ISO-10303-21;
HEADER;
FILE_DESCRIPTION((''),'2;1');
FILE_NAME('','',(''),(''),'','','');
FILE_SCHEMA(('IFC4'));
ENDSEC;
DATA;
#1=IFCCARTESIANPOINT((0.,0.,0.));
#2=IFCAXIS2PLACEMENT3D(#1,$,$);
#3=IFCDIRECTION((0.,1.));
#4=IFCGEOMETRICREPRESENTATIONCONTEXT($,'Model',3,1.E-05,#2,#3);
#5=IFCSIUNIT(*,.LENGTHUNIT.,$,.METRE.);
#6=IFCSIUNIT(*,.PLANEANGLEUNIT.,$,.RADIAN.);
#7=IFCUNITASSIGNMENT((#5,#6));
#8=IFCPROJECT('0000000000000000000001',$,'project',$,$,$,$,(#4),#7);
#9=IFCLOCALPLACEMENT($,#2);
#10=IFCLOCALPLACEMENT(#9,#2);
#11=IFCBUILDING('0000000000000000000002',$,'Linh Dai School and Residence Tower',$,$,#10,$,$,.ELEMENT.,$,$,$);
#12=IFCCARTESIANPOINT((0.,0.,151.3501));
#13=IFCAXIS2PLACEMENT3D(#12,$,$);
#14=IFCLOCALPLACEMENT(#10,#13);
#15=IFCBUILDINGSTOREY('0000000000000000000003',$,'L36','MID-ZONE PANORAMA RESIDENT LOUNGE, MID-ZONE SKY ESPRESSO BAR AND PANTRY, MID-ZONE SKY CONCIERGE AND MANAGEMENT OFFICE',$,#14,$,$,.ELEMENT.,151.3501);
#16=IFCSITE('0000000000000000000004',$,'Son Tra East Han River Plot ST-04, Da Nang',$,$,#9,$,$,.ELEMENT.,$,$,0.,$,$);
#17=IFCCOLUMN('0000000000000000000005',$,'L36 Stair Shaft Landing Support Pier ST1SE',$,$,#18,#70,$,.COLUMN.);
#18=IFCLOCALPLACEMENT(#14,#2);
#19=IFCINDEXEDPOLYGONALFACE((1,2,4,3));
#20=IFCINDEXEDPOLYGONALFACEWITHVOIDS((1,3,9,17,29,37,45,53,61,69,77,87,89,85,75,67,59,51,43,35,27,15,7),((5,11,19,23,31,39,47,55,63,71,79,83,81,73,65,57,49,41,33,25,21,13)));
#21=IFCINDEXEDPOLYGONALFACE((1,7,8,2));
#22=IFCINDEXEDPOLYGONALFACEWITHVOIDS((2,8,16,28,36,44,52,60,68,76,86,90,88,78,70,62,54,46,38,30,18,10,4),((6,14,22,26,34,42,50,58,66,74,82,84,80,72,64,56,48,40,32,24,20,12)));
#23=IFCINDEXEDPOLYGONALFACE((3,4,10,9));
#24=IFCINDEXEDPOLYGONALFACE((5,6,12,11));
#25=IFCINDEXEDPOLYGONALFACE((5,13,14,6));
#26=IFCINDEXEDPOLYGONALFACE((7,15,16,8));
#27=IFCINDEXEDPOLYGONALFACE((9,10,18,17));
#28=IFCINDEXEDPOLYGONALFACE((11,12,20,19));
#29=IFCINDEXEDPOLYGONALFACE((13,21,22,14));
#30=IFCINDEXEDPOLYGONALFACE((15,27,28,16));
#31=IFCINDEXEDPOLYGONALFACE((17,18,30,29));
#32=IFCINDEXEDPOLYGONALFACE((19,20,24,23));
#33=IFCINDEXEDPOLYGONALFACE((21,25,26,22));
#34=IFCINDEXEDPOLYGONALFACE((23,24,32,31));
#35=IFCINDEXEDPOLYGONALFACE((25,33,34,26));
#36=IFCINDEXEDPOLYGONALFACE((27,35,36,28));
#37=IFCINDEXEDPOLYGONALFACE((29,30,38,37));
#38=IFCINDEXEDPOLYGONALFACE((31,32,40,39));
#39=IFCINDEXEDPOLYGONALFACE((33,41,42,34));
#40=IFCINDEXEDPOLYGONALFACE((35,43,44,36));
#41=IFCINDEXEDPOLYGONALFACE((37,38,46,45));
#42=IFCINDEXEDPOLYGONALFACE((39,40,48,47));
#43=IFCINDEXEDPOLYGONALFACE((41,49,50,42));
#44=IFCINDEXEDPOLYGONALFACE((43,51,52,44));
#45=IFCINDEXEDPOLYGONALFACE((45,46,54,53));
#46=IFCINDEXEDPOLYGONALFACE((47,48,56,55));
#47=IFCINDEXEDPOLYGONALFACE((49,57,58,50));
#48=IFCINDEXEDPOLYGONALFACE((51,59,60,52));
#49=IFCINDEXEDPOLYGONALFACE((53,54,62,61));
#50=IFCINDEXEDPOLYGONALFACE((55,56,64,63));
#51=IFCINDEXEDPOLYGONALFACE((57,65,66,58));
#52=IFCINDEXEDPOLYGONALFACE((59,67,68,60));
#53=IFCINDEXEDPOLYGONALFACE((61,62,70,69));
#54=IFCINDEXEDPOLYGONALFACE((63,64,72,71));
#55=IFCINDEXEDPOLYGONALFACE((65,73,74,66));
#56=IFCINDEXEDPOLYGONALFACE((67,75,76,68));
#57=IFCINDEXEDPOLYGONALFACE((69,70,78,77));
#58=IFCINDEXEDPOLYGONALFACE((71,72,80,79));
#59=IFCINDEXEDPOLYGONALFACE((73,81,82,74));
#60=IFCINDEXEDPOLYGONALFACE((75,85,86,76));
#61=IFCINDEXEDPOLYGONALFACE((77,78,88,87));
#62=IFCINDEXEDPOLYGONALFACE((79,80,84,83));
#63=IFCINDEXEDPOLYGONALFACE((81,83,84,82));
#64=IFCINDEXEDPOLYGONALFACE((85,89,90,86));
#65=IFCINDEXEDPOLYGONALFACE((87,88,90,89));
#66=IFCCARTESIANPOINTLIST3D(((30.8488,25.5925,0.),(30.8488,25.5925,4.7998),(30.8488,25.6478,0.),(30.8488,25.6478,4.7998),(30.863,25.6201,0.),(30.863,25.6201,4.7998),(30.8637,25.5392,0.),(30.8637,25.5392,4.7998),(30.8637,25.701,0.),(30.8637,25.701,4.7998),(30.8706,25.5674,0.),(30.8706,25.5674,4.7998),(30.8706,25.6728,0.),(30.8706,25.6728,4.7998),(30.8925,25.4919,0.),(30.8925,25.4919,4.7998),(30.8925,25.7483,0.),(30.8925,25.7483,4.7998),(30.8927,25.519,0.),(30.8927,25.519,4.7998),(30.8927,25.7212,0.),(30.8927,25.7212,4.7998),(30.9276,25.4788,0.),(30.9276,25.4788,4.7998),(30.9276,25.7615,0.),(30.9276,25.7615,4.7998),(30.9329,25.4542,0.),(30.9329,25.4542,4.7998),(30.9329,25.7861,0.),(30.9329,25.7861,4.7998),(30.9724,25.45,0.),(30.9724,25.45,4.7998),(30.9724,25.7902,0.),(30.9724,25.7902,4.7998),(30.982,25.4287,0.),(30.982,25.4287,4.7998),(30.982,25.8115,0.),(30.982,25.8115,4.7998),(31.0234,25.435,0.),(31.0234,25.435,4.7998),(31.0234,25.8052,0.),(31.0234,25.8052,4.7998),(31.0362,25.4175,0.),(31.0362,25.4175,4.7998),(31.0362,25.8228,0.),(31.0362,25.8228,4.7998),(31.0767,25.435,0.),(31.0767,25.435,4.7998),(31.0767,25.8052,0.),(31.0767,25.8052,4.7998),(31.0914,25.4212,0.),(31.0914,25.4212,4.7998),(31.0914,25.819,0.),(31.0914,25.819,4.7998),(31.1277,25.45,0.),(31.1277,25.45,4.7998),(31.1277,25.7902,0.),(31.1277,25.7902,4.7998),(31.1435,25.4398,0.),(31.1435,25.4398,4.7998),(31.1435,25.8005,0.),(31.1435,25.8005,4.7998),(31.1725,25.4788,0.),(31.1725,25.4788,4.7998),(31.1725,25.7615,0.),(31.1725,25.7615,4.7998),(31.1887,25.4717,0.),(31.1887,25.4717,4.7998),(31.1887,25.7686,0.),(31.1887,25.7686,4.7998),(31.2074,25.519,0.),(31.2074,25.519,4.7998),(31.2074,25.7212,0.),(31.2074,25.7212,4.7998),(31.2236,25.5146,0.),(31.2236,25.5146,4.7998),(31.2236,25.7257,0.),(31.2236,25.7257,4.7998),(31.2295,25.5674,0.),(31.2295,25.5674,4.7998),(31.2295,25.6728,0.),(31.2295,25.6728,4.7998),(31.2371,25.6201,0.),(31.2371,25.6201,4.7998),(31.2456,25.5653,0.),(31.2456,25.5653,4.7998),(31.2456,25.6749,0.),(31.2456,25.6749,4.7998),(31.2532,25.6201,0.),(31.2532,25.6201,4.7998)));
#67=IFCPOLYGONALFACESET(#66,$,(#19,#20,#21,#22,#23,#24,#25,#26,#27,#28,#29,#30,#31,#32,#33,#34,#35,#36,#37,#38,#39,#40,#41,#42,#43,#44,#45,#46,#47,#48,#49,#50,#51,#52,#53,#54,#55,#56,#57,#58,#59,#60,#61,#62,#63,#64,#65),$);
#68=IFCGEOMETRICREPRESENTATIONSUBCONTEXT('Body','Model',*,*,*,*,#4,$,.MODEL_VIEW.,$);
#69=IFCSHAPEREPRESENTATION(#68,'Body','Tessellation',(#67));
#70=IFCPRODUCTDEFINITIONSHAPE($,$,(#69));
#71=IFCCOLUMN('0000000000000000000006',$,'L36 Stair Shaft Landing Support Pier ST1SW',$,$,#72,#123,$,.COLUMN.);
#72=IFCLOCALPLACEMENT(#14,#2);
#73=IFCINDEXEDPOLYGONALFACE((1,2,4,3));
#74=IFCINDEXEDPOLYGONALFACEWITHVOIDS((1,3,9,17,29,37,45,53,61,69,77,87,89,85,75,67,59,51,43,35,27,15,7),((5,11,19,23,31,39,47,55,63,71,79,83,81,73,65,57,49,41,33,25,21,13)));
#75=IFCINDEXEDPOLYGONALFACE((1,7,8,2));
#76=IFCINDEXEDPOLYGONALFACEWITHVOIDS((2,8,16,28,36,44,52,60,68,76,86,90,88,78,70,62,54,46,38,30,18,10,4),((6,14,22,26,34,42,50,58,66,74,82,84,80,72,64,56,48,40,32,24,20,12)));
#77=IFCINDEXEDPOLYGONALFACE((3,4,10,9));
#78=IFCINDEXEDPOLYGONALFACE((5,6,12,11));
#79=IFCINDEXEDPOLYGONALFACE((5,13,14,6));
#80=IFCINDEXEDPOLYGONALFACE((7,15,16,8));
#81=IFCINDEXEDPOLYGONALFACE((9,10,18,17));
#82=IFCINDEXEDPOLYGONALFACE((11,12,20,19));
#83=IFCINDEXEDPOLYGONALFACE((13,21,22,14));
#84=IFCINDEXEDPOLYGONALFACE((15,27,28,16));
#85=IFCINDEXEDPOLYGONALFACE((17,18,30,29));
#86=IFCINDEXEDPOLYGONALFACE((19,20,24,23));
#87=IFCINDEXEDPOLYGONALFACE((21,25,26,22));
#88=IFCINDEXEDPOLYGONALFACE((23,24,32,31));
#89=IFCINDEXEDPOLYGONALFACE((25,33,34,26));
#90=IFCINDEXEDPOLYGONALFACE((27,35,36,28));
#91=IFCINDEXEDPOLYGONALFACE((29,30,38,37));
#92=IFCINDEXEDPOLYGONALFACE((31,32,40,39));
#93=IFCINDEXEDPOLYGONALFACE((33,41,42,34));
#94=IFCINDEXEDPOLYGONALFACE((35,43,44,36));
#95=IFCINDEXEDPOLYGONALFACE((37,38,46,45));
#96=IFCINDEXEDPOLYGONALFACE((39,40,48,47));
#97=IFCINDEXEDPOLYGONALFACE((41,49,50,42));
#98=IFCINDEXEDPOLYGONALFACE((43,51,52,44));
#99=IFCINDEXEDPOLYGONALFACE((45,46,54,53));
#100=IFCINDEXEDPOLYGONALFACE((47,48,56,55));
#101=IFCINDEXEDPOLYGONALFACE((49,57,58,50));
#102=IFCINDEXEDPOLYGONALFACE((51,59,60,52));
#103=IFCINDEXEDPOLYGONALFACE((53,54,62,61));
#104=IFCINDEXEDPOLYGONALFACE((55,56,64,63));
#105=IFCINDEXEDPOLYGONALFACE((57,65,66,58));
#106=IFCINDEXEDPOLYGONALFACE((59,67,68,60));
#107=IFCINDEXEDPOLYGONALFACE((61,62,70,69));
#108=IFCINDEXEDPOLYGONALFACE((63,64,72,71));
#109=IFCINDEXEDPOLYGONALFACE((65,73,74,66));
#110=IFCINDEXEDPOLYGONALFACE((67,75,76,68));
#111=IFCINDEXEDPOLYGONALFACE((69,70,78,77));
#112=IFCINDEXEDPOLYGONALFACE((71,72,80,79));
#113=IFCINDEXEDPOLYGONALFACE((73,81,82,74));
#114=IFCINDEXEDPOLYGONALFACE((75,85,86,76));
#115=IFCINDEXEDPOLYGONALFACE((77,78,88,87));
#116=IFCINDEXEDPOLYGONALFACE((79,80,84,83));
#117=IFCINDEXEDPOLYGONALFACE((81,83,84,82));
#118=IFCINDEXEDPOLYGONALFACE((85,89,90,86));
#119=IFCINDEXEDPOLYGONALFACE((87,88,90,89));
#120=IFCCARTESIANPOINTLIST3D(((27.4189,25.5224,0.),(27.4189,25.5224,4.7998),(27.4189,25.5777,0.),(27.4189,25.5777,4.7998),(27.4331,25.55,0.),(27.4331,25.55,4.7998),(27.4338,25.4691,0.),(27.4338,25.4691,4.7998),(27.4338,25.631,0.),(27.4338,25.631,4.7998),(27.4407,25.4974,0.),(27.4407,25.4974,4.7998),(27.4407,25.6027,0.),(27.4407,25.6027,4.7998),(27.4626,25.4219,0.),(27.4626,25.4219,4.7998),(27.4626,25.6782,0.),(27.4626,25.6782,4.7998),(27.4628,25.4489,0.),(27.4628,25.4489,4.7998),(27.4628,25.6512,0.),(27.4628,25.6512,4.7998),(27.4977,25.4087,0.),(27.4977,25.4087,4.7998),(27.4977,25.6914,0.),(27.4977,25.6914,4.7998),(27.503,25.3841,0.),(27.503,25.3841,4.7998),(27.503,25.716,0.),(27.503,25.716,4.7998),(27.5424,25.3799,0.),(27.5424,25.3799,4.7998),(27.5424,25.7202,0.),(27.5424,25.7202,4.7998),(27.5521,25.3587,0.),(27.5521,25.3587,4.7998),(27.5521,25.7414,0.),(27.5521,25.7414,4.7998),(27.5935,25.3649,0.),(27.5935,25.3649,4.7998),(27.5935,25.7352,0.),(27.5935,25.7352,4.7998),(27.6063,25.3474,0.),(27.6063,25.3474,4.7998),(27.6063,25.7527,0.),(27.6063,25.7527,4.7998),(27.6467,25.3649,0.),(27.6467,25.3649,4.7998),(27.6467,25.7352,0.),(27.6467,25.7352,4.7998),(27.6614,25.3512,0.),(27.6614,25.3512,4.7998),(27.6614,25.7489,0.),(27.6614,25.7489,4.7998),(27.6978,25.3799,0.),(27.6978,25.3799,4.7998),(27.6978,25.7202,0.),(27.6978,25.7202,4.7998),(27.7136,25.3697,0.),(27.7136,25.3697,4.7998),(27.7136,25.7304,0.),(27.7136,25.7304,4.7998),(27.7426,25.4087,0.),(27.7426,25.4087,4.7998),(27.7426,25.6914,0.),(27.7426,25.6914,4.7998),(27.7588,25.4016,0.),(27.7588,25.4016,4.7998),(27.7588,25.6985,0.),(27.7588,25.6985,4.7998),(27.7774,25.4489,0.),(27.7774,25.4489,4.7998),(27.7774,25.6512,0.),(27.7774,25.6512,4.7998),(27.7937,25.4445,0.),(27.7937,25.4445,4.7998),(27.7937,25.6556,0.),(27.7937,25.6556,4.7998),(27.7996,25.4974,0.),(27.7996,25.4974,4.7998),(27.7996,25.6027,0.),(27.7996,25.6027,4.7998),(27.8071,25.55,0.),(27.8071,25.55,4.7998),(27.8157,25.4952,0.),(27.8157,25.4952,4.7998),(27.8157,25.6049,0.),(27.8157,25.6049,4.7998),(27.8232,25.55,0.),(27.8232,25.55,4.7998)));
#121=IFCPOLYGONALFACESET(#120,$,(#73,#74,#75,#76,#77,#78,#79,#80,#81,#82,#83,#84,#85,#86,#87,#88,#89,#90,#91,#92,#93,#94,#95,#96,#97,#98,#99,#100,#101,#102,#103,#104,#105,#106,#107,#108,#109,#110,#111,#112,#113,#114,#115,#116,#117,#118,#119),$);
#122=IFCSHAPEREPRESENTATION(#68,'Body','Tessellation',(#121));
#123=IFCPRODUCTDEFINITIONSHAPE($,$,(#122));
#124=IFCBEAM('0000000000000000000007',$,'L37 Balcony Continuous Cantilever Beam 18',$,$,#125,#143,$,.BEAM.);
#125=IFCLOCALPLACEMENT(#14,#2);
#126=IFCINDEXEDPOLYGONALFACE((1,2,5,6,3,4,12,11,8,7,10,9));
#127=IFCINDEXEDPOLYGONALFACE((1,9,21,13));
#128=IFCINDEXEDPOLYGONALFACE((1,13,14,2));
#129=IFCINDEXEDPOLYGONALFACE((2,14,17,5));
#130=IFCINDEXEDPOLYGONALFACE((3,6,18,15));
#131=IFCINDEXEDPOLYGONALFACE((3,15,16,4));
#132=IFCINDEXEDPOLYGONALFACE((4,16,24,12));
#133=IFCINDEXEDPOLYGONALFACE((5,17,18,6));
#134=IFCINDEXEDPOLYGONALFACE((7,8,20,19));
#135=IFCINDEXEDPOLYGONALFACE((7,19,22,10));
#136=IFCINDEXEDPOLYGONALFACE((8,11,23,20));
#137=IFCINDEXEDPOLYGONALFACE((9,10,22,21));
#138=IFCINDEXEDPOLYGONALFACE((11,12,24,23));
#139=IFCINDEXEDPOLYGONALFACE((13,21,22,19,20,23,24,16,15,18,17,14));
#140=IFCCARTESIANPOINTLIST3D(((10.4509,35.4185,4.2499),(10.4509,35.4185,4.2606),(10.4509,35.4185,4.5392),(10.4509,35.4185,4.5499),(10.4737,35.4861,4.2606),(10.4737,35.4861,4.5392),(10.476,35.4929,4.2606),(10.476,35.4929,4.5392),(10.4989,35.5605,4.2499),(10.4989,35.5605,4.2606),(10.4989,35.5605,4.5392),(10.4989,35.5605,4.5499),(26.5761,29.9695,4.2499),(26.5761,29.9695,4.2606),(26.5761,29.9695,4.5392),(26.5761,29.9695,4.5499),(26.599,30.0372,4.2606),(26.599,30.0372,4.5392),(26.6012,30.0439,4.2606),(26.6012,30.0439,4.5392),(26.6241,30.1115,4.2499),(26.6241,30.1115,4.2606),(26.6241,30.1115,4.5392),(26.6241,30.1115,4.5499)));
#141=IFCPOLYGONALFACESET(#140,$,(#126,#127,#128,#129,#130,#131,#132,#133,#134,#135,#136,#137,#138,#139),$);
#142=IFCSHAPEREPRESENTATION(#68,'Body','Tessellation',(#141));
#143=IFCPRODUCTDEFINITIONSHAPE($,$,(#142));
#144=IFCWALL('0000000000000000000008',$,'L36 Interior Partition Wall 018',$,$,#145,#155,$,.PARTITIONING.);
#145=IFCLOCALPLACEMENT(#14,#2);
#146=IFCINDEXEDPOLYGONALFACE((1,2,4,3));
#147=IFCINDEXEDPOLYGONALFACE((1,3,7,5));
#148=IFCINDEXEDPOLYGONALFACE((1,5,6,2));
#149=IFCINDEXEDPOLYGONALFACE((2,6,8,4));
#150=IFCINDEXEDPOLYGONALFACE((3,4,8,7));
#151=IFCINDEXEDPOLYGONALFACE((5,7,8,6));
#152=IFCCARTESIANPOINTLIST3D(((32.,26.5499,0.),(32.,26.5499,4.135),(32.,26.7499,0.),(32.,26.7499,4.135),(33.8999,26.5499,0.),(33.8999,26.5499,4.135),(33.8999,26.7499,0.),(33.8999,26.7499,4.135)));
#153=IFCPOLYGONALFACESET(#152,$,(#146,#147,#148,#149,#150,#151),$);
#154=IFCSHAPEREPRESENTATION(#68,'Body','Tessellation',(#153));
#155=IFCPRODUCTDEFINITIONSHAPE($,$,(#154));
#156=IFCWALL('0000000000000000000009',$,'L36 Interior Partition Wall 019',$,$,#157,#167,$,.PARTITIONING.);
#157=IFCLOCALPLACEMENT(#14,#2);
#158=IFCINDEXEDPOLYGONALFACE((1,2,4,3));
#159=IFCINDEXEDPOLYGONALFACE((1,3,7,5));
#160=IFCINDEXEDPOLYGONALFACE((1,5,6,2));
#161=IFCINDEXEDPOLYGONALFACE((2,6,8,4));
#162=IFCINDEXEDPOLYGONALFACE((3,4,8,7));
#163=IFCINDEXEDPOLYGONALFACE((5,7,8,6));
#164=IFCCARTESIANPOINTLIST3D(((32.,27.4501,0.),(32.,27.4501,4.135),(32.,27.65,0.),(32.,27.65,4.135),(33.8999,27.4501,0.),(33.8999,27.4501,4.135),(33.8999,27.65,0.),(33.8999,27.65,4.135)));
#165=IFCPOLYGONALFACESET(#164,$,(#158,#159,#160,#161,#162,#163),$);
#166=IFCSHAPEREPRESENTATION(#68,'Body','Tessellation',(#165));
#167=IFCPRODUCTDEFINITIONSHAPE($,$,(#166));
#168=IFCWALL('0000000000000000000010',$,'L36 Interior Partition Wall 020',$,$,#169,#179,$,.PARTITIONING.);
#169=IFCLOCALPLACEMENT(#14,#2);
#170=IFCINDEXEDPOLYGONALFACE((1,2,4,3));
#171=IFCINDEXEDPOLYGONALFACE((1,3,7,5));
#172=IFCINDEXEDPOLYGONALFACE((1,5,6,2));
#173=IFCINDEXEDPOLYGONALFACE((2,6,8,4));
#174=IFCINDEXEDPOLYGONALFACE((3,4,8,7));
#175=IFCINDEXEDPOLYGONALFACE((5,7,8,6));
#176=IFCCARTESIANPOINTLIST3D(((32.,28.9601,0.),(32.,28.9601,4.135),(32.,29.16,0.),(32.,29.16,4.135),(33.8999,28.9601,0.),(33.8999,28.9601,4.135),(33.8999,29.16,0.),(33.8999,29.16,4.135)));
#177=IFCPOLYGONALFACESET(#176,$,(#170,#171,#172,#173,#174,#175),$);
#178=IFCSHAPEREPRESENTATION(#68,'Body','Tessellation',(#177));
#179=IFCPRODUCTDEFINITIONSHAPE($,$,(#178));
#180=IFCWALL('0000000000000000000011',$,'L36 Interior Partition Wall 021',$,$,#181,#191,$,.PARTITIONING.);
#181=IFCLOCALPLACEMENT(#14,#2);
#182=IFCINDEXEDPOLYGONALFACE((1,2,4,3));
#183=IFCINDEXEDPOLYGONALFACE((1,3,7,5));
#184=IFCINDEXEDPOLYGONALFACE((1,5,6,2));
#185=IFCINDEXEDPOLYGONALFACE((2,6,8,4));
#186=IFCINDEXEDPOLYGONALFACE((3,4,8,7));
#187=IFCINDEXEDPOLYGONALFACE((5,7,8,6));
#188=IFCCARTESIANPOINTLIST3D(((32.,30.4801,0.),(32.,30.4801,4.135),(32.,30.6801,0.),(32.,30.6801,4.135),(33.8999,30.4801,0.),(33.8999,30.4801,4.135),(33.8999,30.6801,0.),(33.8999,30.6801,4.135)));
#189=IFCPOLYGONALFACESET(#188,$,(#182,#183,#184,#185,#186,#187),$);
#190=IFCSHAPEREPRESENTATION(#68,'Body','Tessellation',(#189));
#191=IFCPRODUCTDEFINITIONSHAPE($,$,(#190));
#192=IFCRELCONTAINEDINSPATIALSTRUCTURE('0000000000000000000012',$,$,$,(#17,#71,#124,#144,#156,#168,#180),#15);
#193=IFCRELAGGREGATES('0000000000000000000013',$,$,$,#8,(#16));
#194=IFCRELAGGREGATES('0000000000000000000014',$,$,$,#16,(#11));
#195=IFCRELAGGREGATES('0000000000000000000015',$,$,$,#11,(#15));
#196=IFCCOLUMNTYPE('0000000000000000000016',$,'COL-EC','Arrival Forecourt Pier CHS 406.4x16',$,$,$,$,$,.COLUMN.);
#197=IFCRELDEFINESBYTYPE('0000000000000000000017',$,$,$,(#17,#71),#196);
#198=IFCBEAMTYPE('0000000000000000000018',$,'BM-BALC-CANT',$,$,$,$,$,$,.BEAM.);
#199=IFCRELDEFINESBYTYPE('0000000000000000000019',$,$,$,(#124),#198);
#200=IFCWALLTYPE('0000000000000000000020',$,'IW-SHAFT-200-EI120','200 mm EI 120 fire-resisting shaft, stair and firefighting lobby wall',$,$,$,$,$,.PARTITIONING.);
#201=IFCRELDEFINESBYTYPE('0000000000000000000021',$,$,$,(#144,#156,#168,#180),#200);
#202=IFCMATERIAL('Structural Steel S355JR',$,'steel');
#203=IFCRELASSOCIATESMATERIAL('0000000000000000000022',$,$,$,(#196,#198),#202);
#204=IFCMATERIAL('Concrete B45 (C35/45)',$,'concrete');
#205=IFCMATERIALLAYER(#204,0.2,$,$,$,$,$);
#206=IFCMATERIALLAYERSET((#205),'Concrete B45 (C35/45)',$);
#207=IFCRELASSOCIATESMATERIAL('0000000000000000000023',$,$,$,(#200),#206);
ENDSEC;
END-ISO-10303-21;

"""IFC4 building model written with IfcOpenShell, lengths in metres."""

from ifc_helpers import new_model, si_unit, direction, frame, frame_2d, origin, origin_2d, place, context, subcontext, project, spatial, rectangle, hollow_circle, i_section, extrude, material, layer, layer_set, material_profile, profile_set, type_object, element, save


model = new_model("IFC4")

# Units and contexts
model_context = context("Model", 3, precision=1e-05, world=origin(), true_north=direction((0.0, 1.0)))
body_context = subcontext(model_context, "Body", "Model", "MODEL_VIEW")
ifc_project = project(units=[si_unit("LENGTHUNIT", "METRE"), si_unit("PLANEANGLEUNIT", "RADIAN")], contexts=[model_context])

# Site, building, storey
site_placement = place(None, origin())
site = spatial("IfcSite", under=ifc_project, at=site_placement, Name="Son Tra East Han River Plot ST-04, Da Nang", CompositionType="ELEMENT", RefElevation=0.0)
building_placement = place(site_placement, origin())
building = spatial("IfcBuilding", under=site, at=building_placement, Name="Linh Dai School and Residence Tower", CompositionType="ELEMENT")
storey_placement = place(building_placement, frame((0.0, 0.0, 151.3501)))
storey = spatial("IfcBuildingStorey", under=building, at=storey_placement, Name="L36", Description="MID-ZONE PANORAMA RESIDENT LOUNGE, MID-ZONE SKY ESPRESSO BAR AND PANTRY, MID-ZONE SKY CONCIERGE AND MANAGEMENT OFFICE", CompositionType="ELEMENT", Elevation=151.3501)

# Columns
ifc_material_1 = material(Name="Structural Steel S355JR", Category="steel")
ifc_material_profile_1 = material_profile(ifc_material_1, hollow_circle(Radius=0.2031, WallThickness=0.0161, at=origin_2d()), Name="CHS 406.4x16")
ifc_profile_set_1 = profile_set([ifc_material_profile_1], Name="Structural Steel S355JR")
column_type = type_object("IfcColumnType", Name="COL-EC", Description="Arrival Forecourt Pier CHS 406.4x16", PredefinedType="COLUMN", material=ifc_profile_set_1)
for number, where, z_axis, x_axis, name in (
    (1, (31.05, 25.6201, 0.0), (0.0, 0.0, 1.0), (1.0, 0.0, 0.0), "L36 Stair Shaft Landing Support Pier ST1SE"),
    (2, (27.6201, 25.55, 0.0), (0.0, 0.0, 1.0), (1.0, 0.0, 0.0), "L36 Stair Shaft Landing Support Pier ST1SW"),
):
    element("IfcColumn", number, at=place(storey_placement, frame(where, z_axis=z_axis, x_axis=x_axis)), inside=storey, type_object=column_type, Name=name, PredefinedType="COLUMN", context=body_context, shape_type="SweptSolid", body=[
        extrude(hollow_circle(Radius=0.2031, WallThickness=0.0161, at=origin_2d()), origin(), (0.0, 0.0, 1.0), 4.7998),
    ])

# Beam
ifc_material_profile_2 = material_profile(ifc_material_1, i_section(OverallWidth=0.1499, OverallDepth=0.3, WebThickness=0.0071, FlangeThickness=0.0107, at=origin_2d()), Name="IPE 300")
ifc_profile_set_2 = profile_set([ifc_material_profile_2], Name="Structural Steel S355JR")
beam_type = type_object("IfcBeamType", Name="BM-BALC-CANT", PredefinedType="BEAM", material=ifc_profile_set_2)
beam_placement = place(storey_placement, frame((26.6001, 30.0405, 4.3999), z_axis=(-0.947373, 0.320132, 0.0), x_axis=(-0.320132, -0.947373, 0.0)))
element("IfcBeam", 3, at=beam_placement, inside=storey, type_object=beam_type, Name="L37 Balcony Continuous Cantilever Beam 18", PredefinedType="BEAM", context=body_context, shape_type="SweptSolid", body=[
    extrude(i_section(OverallWidth=0.1499, OverallDepth=0.3, WebThickness=0.0071, FlangeThickness=0.0107, at=origin_2d()), origin(), (0.0, 0.0, 1.0), 17.021),
])

# Walls
ifc_material_2 = material(Name="Concrete B45 (C35/45)", Category="concrete")
ifc_layer_1 = layer(ifc_material_2, 0.2)
ifc_layer_set_1 = layer_set([ifc_layer_1], Name="Concrete B45 (C35/45)")
wall_type_1 = type_object("IfcWallType", Name="IW-SHAFT-200-EI120", Description="200 mm EI 120 fire-resisting shaft, stair and firefighting lobby wall", PredefinedType="PARTITIONING", material=ifc_layer_set_1)
for number, where, z_axis, x_axis, name in (
    (4, (32.0, 26.6499, 0.0), (0.0, 0.0, 1.0), (1.0, 0.0, 0.0), "L36 Interior Partition Wall 018"),
    (5, (32.0, 27.55, 0.0), (0.0, 0.0, 1.0), (1.0, 0.0, 0.0), "L36 Interior Partition Wall 019"),
    (6, (32.0, 29.0601, 0.0), (0.0, 0.0, 1.0), (1.0, 0.0, 0.0), "L36 Interior Partition Wall 020"),
    (7, (32.0, 30.5801, 0.0), (0.0, 0.0, 1.0), (1.0, 0.0, 0.0), "L36 Interior Partition Wall 021"),
):
    element("IfcWall", number, at=place(storey_placement, frame(where, z_axis=z_axis, x_axis=x_axis)), inside=storey, type_object=wall_type_1, Name=name, PredefinedType="PARTITIONING", context=body_context, shape_type="SweptSolid", body=[
        extrude(rectangle(XDim=1.8999, YDim=0.2, at=frame_2d((0.95, 0.0))), origin(), (0.0, 0.0, 1.0), 4.135),
    ])

save(model, "model.ifc")
